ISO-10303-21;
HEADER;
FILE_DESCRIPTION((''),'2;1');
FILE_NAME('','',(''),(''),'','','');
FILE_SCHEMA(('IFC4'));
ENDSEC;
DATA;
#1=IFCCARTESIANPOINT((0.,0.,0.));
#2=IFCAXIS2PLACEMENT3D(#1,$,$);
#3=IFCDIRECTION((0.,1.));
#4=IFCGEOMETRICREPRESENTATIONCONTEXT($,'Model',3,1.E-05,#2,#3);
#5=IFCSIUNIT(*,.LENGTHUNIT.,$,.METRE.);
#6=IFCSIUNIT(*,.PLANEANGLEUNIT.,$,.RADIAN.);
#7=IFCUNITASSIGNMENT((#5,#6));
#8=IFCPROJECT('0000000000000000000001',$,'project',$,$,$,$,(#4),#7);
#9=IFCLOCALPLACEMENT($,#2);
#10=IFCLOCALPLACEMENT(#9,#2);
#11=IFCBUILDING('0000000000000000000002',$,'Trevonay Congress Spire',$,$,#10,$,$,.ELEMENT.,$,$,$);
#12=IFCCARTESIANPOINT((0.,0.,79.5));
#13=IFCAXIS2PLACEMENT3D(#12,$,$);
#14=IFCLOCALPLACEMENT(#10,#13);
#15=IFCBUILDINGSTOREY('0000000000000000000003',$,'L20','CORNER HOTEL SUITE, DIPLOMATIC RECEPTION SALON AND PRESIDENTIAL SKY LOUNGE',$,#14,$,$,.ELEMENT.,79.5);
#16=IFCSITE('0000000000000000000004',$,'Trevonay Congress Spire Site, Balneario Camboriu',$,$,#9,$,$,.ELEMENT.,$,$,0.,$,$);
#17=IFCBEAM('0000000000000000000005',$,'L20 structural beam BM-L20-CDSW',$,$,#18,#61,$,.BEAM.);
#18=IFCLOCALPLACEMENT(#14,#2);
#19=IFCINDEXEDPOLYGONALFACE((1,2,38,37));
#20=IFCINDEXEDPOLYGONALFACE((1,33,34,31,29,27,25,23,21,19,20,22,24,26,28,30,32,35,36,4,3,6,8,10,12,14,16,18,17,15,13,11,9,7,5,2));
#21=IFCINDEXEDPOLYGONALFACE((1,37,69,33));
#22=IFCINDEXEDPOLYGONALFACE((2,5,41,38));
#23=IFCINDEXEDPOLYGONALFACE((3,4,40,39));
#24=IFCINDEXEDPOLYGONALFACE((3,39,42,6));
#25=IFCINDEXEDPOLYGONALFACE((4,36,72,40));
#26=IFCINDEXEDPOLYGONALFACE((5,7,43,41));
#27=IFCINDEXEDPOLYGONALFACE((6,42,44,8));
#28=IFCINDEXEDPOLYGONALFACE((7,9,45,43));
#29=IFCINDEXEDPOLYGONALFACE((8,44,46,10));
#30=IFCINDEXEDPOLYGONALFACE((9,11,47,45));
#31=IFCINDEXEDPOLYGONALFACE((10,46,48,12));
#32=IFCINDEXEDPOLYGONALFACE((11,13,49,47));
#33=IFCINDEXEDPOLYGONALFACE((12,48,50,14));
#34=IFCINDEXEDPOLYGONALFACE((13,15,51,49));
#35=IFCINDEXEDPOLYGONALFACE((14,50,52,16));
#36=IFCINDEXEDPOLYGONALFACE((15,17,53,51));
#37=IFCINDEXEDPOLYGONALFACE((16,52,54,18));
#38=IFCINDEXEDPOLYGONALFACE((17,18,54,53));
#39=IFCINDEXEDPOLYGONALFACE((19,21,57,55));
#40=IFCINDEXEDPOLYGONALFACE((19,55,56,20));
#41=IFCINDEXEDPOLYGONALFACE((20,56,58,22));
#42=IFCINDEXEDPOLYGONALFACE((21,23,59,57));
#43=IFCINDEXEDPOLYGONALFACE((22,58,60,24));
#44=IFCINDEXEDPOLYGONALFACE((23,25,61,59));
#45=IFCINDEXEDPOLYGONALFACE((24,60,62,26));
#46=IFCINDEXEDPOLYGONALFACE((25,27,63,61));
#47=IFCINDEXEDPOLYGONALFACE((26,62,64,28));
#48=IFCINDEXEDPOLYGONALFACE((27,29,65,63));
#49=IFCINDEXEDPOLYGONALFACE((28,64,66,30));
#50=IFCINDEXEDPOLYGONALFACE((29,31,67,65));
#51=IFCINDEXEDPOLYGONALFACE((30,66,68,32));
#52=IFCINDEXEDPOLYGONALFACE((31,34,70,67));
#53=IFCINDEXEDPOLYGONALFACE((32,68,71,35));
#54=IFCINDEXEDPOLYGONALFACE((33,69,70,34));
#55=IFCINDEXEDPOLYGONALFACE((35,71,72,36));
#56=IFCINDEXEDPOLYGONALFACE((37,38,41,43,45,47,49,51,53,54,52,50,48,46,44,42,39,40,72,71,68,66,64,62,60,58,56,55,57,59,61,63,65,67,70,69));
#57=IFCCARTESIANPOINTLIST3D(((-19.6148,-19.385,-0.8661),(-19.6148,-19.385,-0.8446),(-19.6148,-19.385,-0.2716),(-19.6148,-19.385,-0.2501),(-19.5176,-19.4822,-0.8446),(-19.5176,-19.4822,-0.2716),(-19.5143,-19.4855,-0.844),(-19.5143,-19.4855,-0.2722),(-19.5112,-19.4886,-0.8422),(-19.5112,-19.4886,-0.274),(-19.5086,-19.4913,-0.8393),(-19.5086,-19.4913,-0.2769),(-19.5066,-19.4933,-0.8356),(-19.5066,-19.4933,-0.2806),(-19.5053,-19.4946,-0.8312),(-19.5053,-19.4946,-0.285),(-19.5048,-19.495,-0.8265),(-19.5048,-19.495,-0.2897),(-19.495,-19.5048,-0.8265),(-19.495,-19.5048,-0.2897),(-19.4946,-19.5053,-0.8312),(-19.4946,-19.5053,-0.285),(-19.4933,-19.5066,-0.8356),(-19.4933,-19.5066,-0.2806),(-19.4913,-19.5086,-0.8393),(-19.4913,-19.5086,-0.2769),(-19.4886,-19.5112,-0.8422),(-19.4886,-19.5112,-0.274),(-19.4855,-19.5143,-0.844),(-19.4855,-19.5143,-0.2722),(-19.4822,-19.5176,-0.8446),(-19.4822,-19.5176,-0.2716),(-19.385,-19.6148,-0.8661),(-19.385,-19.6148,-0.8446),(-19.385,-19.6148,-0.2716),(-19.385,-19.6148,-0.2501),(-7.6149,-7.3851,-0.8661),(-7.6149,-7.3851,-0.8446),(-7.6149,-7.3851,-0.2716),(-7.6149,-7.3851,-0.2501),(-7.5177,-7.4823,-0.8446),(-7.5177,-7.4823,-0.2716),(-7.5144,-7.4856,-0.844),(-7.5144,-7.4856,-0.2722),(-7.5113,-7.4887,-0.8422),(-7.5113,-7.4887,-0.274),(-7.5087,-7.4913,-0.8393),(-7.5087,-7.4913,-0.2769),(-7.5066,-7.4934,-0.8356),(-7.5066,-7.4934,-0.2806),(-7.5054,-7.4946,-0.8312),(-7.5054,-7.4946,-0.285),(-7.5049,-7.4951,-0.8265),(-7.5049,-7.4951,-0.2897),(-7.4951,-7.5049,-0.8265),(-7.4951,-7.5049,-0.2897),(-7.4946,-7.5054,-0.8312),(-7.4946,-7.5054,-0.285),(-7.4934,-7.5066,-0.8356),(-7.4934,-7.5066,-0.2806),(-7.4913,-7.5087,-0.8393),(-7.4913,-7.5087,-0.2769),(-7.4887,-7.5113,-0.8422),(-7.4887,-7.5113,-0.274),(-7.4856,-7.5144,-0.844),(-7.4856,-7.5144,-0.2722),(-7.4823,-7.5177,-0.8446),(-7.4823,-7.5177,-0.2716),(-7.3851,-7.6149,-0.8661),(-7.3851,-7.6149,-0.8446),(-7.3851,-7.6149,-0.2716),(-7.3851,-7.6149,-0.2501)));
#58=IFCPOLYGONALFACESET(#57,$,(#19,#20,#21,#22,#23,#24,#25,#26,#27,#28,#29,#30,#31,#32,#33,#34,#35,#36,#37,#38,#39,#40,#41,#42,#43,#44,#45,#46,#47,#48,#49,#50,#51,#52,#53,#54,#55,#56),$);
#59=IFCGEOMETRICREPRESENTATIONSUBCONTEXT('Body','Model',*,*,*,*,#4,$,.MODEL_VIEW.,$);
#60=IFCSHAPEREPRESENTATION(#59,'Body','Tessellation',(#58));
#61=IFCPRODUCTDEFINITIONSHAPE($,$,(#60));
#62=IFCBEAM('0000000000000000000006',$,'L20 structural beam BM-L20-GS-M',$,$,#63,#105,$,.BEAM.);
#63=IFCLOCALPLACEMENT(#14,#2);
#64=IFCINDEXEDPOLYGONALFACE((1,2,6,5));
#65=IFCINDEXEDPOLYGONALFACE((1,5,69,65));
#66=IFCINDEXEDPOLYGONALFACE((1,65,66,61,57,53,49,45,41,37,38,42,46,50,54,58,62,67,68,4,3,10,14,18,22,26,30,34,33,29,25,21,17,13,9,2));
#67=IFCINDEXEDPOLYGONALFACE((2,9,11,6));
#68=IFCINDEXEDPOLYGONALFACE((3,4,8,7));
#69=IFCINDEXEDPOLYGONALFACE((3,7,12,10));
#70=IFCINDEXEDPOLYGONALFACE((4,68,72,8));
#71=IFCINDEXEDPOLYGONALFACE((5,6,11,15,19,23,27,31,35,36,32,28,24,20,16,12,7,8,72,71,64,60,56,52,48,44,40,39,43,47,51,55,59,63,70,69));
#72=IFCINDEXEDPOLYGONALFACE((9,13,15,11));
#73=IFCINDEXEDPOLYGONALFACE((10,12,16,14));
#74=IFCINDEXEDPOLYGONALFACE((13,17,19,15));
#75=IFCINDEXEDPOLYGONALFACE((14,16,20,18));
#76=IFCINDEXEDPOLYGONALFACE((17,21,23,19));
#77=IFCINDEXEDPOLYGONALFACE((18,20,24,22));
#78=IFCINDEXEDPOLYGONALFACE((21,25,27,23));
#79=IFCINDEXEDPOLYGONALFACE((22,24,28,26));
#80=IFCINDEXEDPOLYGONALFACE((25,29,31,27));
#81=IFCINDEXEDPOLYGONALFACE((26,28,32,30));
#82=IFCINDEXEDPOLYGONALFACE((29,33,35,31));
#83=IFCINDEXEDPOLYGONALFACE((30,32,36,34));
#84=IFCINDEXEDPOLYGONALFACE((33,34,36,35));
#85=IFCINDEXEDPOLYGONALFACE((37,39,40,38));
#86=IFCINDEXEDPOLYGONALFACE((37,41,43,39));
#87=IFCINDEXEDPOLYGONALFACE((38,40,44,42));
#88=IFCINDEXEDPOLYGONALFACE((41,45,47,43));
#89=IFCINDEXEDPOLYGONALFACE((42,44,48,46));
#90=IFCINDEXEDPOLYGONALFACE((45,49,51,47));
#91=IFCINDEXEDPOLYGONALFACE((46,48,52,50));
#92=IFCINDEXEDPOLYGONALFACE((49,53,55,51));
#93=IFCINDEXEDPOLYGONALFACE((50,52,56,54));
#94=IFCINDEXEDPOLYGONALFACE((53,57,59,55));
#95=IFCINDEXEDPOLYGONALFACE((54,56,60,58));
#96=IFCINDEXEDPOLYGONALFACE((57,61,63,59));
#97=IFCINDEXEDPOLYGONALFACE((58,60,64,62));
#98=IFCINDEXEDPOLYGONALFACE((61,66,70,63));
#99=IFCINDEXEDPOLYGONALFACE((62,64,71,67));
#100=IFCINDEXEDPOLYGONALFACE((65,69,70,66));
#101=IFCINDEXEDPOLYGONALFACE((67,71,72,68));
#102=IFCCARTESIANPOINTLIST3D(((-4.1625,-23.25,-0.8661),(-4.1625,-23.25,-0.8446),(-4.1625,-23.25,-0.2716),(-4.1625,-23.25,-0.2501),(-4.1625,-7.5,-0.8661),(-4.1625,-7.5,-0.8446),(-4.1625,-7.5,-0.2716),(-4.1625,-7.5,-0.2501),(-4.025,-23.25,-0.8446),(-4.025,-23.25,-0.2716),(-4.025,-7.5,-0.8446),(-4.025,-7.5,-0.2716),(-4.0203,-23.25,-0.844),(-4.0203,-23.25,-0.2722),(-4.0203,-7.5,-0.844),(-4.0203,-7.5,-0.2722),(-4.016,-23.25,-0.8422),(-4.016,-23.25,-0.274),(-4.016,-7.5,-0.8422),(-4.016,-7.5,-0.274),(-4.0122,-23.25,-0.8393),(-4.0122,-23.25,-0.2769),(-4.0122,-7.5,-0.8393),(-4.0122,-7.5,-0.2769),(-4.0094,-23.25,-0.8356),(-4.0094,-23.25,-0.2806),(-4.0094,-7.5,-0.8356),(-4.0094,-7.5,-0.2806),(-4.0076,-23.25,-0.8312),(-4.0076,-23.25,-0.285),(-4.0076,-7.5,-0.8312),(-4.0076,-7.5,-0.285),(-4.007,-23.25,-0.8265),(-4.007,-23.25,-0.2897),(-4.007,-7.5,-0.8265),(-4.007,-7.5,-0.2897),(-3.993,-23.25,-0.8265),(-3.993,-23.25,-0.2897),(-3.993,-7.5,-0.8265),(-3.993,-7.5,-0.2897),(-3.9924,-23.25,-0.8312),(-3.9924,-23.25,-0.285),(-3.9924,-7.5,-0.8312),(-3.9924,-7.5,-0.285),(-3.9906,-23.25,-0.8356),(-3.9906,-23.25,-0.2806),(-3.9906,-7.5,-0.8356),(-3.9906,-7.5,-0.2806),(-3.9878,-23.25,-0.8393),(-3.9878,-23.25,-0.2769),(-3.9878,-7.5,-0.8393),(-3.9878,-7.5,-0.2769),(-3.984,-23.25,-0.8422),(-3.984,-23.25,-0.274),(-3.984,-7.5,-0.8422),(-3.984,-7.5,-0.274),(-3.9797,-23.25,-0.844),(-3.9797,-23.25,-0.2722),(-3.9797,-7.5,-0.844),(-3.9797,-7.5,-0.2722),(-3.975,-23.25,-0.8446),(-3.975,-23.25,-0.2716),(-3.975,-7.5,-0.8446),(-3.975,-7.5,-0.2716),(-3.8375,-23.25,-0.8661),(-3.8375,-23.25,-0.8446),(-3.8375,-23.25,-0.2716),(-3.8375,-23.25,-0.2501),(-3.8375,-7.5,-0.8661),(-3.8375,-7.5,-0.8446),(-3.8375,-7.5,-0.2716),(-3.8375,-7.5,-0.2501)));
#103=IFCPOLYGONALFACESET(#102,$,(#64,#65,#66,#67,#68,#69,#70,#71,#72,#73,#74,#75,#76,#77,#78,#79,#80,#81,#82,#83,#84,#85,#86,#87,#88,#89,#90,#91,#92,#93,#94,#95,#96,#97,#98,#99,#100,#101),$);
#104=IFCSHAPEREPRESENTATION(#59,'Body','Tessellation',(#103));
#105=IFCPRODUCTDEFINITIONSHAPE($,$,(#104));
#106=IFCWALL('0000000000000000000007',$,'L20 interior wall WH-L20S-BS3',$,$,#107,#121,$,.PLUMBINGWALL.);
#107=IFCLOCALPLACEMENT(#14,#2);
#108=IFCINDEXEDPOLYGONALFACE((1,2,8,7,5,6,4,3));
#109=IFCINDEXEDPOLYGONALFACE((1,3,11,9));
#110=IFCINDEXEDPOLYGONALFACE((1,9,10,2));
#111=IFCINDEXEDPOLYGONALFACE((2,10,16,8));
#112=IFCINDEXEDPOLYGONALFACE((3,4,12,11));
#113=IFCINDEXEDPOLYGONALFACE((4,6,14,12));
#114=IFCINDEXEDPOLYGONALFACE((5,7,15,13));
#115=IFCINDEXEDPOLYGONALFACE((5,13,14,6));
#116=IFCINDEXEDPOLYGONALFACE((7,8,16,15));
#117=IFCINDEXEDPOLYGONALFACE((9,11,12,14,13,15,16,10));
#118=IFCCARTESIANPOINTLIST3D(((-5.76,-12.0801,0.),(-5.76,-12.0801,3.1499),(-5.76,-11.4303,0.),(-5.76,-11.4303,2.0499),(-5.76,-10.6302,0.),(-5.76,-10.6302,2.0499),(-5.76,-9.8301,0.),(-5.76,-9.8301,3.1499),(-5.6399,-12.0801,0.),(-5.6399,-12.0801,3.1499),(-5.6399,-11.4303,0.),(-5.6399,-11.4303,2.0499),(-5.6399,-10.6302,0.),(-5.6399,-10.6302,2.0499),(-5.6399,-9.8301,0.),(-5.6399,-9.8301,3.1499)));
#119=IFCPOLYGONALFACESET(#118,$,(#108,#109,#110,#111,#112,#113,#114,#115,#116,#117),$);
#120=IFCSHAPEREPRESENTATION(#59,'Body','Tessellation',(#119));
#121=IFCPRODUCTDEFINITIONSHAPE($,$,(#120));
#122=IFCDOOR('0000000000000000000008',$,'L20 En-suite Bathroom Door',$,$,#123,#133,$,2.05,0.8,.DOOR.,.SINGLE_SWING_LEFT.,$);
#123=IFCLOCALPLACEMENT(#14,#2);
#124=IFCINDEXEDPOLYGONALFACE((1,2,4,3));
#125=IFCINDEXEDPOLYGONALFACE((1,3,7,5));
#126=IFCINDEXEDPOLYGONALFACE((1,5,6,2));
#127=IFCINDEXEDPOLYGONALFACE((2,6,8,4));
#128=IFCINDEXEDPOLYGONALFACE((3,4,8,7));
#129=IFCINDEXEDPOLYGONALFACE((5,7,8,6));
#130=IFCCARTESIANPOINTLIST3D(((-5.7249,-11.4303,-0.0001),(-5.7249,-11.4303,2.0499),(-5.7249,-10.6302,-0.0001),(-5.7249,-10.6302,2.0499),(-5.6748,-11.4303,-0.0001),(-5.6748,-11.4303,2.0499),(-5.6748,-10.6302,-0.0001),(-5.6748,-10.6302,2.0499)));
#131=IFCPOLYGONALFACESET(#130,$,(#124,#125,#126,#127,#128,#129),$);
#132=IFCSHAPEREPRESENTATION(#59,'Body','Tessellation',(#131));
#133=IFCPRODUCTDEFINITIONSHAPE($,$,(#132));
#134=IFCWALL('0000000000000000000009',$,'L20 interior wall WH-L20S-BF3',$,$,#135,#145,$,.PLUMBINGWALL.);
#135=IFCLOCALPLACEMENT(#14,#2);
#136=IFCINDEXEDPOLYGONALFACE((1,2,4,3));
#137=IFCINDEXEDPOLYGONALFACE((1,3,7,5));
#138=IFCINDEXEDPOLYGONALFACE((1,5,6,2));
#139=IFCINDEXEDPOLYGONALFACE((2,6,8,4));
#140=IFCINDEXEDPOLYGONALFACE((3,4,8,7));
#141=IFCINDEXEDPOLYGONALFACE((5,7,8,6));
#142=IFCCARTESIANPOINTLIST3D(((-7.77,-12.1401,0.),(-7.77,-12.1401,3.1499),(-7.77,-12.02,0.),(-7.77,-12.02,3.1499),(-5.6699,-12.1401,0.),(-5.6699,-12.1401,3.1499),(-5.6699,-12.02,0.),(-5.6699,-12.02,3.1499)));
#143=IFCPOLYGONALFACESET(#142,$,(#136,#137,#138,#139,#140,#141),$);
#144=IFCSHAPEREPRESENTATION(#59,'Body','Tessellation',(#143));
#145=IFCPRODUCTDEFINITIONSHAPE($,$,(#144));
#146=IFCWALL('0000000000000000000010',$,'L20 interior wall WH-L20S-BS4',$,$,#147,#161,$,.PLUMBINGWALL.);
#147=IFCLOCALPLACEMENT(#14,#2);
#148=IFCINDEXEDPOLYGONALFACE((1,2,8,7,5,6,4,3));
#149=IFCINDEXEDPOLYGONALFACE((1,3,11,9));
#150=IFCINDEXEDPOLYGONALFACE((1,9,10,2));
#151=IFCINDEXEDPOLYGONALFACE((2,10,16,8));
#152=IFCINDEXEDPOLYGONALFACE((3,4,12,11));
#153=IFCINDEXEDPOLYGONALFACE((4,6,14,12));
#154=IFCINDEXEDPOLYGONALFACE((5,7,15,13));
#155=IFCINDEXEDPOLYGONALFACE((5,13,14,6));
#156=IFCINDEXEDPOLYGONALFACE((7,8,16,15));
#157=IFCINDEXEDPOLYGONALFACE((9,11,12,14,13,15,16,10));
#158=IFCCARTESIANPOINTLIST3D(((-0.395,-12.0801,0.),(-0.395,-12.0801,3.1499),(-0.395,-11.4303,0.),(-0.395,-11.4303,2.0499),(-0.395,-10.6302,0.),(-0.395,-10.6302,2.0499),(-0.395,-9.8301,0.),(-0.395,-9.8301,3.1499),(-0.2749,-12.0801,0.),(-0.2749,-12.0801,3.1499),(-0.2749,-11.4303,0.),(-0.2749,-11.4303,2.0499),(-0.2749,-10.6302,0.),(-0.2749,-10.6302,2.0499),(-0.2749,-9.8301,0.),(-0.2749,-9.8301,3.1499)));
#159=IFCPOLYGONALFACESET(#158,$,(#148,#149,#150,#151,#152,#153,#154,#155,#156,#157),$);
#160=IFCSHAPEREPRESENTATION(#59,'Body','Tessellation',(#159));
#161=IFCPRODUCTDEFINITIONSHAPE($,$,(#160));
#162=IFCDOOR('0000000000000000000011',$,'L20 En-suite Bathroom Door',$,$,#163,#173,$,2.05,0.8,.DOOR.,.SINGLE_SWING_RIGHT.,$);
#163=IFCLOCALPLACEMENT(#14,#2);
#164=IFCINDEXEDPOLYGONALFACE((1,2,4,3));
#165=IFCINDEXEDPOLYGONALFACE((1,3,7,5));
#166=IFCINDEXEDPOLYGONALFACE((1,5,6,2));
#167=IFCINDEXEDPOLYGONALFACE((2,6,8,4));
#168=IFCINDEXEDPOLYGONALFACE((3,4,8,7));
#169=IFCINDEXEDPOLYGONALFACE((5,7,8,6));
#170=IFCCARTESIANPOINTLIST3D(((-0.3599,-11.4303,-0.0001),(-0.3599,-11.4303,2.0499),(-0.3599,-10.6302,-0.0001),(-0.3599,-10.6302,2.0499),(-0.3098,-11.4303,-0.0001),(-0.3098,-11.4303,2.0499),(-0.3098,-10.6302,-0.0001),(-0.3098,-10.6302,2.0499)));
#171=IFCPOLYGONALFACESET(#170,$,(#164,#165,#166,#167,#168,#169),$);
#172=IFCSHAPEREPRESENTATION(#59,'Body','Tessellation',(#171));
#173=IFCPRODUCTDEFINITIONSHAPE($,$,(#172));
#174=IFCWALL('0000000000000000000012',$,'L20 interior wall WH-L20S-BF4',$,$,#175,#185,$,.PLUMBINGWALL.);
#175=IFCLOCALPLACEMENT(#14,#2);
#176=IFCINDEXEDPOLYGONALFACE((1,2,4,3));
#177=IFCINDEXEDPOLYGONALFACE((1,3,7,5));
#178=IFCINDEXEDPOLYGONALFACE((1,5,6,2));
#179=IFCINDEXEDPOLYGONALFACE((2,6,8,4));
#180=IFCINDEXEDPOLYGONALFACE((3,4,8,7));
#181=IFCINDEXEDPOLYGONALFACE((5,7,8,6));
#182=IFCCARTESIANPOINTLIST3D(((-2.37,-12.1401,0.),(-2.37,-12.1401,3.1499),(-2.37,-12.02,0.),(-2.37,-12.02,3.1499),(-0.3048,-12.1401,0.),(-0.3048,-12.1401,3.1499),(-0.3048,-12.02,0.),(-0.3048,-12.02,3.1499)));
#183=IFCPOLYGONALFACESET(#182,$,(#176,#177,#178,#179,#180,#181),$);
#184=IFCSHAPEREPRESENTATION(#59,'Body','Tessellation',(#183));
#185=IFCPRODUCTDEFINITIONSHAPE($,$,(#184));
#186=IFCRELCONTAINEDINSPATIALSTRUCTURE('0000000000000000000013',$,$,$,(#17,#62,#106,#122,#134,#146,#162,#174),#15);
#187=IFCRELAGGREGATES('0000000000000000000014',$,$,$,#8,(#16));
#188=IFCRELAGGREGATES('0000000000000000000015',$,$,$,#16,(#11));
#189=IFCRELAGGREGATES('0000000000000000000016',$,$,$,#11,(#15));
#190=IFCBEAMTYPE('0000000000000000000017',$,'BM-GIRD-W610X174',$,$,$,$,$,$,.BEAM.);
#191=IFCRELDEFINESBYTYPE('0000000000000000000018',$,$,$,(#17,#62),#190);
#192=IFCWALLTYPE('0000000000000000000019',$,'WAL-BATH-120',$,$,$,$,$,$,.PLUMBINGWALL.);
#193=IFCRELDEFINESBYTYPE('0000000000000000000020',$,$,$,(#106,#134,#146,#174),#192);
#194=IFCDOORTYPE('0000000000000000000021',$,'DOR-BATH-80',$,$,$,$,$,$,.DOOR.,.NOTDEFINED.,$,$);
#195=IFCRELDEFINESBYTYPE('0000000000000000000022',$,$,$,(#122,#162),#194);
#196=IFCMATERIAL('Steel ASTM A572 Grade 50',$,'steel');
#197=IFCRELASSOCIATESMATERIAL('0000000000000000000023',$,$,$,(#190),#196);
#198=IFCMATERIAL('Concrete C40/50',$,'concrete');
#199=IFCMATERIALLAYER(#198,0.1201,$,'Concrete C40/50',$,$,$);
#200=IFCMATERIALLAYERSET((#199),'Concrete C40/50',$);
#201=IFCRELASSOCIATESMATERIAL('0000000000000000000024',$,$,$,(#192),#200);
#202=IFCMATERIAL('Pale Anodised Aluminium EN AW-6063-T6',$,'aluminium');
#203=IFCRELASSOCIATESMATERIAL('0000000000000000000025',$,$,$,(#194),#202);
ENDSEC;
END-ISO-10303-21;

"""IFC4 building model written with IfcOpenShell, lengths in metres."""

from ifc_helpers import new_model, si_unit, direction, frame, frame_2d, origin, origin_2d, place, context, subcontext, project, spatial, rectangle, i_section, extrude, material, layer, layer_set, material_profile, profile_set, type_object, element, fill, save


model = new_model("IFC4")

# Units and contexts
model_context = context("Model", 3, precision=1e-05, world=origin(), true_north=direction((0.0, 1.0)))
body_context = subcontext(model_context, "Body", "Model", "MODEL_VIEW")
ifc_project = project(units=[si_unit("LENGTHUNIT", "METRE"), si_unit("PLANEANGLEUNIT", "RADIAN")], contexts=[model_context])

# Site, building, storey
site_placement = place(None, origin())
site = spatial("IfcSite", under=ifc_project, at=site_placement, Name="Trevonay Congress Spire Site, Balneario Camboriu", CompositionType="ELEMENT", RefElevation=0.0)
building_placement = place(site_placement, origin())
building = spatial("IfcBuilding", under=site, at=building_placement, Name="Trevonay Congress Spire", CompositionType="ELEMENT")
storey_placement = place(building_placement, frame((0.0, 0.0, 79.5)))
storey = spatial("IfcBuildingStorey", under=building, at=storey_placement, Name="L20", Description="CORNER HOTEL SUITE, DIPLOMATIC RECEPTION SALON AND PRESIDENTIAL SKY LOUNGE", CompositionType="ELEMENT", Elevation=79.5)

# Shared definitions
ifc_material_1 = material(Name="Steel ASTM A572 Grade 50", Category="steel")

# Beams
ifc_material_profile_1 = material_profile(ifc_material_1, i_section(OverallWidth=0.325, OverallDepth=0.616, WebThickness=0.0139, FlangeThickness=0.0215, FilletRadius=0.0181, at=origin_2d()), Name="W610x174")
ifc_profile_set_1 = profile_set([ifc_material_profile_1], Name="Steel ASTM A572 Grade 50")
beam_type_1 = type_object("IfcBeamType", Name="BM-GIRD-W610X174", PredefinedType="BEAM", material=ifc_profile_set_1)
beam_1_placement = place(storey_placement, frame((-7.5, -7.5, -0.5581), z_axis=(-0.707107, -0.707107, 0.0), x_axis=(0.707107, -0.707107, 0.0)))
element("IfcBeam", 1, at=beam_1_placement, inside=storey, type_object=beam_type_1, Name="L20 structural beam BM-L20-CDSW", PredefinedType="BEAM", context=body_context, shape_type="SweptSolid", body=[
    extrude(i_section(OverallWidth=0.325, OverallDepth=0.616, WebThickness=0.0139, FlangeThickness=0.0215, FilletRadius=0.0181, at=origin_2d()), origin(), (0.0, 0.0, 1.0), 16.9705),
])
beam_2_placement = place(storey_placement, frame((-4.0, -7.5, -0.5581), z_axis=(0.0, -1.0, 0.0), x_axis=(1.0, 0.0, 0.0)))
element("IfcBeam", 2, at=beam_2_placement, inside=storey, type_object=beam_type_1, Name="L20 structural beam BM-L20-GS-M", PredefinedType="BEAM", context=body_context, shape_type="SweptSolid", body=[
    extrude(i_section(OverallWidth=0.325, OverallDepth=0.616, WebThickness=0.0139, FlangeThickness=0.0215, FilletRadius=0.0181, at=origin_2d()), origin(), (0.0, 0.0, 1.0), 15.75),
])

# Wall, opening, door
ifc_material_2 = material(Name="Concrete C40/50", Category="concrete")
ifc_layer_1 = layer(ifc_material_2, 0.1201, Name="Concrete C40/50")
ifc_layer_set_1 = layer_set([ifc_layer_1], Name="Concrete C40/50")
wall_type_1 = type_object("IfcWallType", Name="WAL-BATH-120", PredefinedType="PLUMBINGWALL", material=ifc_layer_set_1)
wall_1_placement = place(storey_placement, frame((-5.7, -12.0801, 0.0), z_axis=(0.0, 0.0, 1.0), x_axis=(0.0, 1.0, 0.0)))
wall_1 = element("IfcWall", 3, at=wall_1_placement, inside=storey, type_object=wall_type_1, Name="L20 interior wall WH-L20S-BS3", PredefinedType="PLUMBINGWALL", context=body_context, shape_type="SweptSolid", body=[
    extrude(rectangle(XDim=2.25, YDim=0.1201, at=frame_2d((1.125, 0.0))), origin(), (0.0, 0.0, 1.0), 3.1499),
])
opening_1_placement = place(wall_1_placement, frame((0.6499, 0.0, 0.0)))
opening_1 = element("IfcOpeningElement", 4, at=opening_1_placement, cuts=wall_1, PredefinedType="OPENING", context=body_context, shape_type="SweptSolid", body=[
    extrude(rectangle(XDim=0.8, YDim=2.05, at=frame_2d((0.3999, 1.0249))), frame((0.0, 0.0701, 0.0), z_axis=(0.0, -1.0, 0.0), x_axis=(1.0, 0.0, 0.0)), (0.0, 0.0, 1.0), 0.1401),
])
ifc_material_3 = material(Name="Pale Anodised Aluminium EN AW-6063-T6", Category="aluminium")
door_type_1 = type_object("IfcDoorType", Name="DOR-BATH-80", OperationType="NOTDEFINED", PredefinedType="DOOR", material=ifc_material_3)
door_1_placement = place(opening_1_placement, origin())
door_1 = element("IfcDoor", 5, at=door_1_placement, inside=storey, type_object=door_type_1, Name="L20 En-suite Bathroom Door", OperationType="SINGLE_SWING_LEFT", OverallHeight=2.05, OverallWidth=0.8, PredefinedType="DOOR", context=body_context, shape_type="SweptSolid", body=[
    extrude(rectangle(XDim=0.8, YDim=2.05, at=frame_2d((0.3999, 1.0249))), frame((0.0, 0.0249, 0.0), z_axis=(0.0, -1.0, 0.0), x_axis=(1.0, 0.0, 0.0)), (0.0, 0.0, 1.0), 0.05),
])
fill(opening_1, door_1)

# Wall
wall_2_placement = place(storey_placement, frame((-7.77, -12.0801, 0.0), z_axis=(0.0, 0.0, 1.0), x_axis=(1.0, 0.0, 0.0)))
element("IfcWall", 6, at=wall_2_placement, inside=storey, type_object=wall_type_1, Name="L20 interior wall WH-L20S-BF3", PredefinedType="PLUMBINGWALL", context=body_context, shape_type="SweptSolid", body=[
    extrude(rectangle(XDim=2.1001, YDim=0.1201, at=frame_2d((1.05, 0.0))), origin(), (0.0, 0.0, 1.0), 3.1499),
])

# Wall, opening, door
wall_3_placement = place(storey_placement, frame((-0.335, -12.0801, 0.0), z_axis=(0.0, 0.0, 1.0), x_axis=(0.0, 1.0, 0.0)))
wall_3 = element("IfcWall", 7, at=wall_3_placement, inside=storey, type_object=wall_type_1, Name="L20 interior wall WH-L20S-BS4", PredefinedType="PLUMBINGWALL", context=body_context, shape_type="SweptSolid", body=[
    extrude(rectangle(XDim=2.25, YDim=0.1201, at=frame_2d((1.125, 0.0))), origin(), (0.0, 0.0, 1.0), 3.1499),
])
opening_2_placement = place(wall_3_placement, frame((0.6499, 0.0, 0.0)))
opening_2 = element("IfcOpeningElement", 8, at=opening_2_placement, cuts=wall_3, PredefinedType="OPENING", context=body_context, shape_type="SweptSolid", body=[
    extrude(rectangle(XDim=0.8, YDim=2.05, at=frame_2d((0.3999, 1.0249))), frame((0.0, 0.0701, 0.0), z_axis=(0.0, -1.0, 0.0), x_axis=(1.0, 0.0, 0.0)), (0.0, 0.0, 1.0), 0.1401),
])
door_2_placement = place(opening_2_placement, origin())
door_2 = element("IfcDoor", 9, at=door_2_placement, inside=storey, type_object=door_type_1, Name="L20 En-suite Bathroom Door", OperationType="SINGLE_SWING_RIGHT", OverallHeight=2.05, OverallWidth=0.8, PredefinedType="DOOR", context=body_context, shape_type="SweptSolid", body=[
    extrude(rectangle(XDim=0.8, YDim=2.05, at=frame_2d((0.3999, 1.0249))), frame((0.0, 0.0249, 0.0), z_axis=(0.0, -1.0, 0.0), x_axis=(1.0, 0.0, 0.0)), (0.0, 0.0, 1.0), 0.05),
])
fill(opening_2, door_2)

# Wall
wall_4_placement = place(storey_placement, frame((-2.3701, -12.0801, 0.0), z_axis=(0.0, 0.0, 1.0), x_axis=(1.0, 0.0, 0.0)))
element("IfcWall", 10, at=wall_4_placement, inside=storey, type_object=wall_type_1, Name="L20 interior wall WH-L20S-BF4", PredefinedType="PLUMBINGWALL", context=body_context, shape_type="SweptSolid", body=[
    extrude(rectangle(XDim=2.0652, YDim=0.1201, at=frame_2d((1.0327, 0.0))), origin(), (0.0, 0.0, 1.0), 3.1499),
])

save(model, "model.ifc")
